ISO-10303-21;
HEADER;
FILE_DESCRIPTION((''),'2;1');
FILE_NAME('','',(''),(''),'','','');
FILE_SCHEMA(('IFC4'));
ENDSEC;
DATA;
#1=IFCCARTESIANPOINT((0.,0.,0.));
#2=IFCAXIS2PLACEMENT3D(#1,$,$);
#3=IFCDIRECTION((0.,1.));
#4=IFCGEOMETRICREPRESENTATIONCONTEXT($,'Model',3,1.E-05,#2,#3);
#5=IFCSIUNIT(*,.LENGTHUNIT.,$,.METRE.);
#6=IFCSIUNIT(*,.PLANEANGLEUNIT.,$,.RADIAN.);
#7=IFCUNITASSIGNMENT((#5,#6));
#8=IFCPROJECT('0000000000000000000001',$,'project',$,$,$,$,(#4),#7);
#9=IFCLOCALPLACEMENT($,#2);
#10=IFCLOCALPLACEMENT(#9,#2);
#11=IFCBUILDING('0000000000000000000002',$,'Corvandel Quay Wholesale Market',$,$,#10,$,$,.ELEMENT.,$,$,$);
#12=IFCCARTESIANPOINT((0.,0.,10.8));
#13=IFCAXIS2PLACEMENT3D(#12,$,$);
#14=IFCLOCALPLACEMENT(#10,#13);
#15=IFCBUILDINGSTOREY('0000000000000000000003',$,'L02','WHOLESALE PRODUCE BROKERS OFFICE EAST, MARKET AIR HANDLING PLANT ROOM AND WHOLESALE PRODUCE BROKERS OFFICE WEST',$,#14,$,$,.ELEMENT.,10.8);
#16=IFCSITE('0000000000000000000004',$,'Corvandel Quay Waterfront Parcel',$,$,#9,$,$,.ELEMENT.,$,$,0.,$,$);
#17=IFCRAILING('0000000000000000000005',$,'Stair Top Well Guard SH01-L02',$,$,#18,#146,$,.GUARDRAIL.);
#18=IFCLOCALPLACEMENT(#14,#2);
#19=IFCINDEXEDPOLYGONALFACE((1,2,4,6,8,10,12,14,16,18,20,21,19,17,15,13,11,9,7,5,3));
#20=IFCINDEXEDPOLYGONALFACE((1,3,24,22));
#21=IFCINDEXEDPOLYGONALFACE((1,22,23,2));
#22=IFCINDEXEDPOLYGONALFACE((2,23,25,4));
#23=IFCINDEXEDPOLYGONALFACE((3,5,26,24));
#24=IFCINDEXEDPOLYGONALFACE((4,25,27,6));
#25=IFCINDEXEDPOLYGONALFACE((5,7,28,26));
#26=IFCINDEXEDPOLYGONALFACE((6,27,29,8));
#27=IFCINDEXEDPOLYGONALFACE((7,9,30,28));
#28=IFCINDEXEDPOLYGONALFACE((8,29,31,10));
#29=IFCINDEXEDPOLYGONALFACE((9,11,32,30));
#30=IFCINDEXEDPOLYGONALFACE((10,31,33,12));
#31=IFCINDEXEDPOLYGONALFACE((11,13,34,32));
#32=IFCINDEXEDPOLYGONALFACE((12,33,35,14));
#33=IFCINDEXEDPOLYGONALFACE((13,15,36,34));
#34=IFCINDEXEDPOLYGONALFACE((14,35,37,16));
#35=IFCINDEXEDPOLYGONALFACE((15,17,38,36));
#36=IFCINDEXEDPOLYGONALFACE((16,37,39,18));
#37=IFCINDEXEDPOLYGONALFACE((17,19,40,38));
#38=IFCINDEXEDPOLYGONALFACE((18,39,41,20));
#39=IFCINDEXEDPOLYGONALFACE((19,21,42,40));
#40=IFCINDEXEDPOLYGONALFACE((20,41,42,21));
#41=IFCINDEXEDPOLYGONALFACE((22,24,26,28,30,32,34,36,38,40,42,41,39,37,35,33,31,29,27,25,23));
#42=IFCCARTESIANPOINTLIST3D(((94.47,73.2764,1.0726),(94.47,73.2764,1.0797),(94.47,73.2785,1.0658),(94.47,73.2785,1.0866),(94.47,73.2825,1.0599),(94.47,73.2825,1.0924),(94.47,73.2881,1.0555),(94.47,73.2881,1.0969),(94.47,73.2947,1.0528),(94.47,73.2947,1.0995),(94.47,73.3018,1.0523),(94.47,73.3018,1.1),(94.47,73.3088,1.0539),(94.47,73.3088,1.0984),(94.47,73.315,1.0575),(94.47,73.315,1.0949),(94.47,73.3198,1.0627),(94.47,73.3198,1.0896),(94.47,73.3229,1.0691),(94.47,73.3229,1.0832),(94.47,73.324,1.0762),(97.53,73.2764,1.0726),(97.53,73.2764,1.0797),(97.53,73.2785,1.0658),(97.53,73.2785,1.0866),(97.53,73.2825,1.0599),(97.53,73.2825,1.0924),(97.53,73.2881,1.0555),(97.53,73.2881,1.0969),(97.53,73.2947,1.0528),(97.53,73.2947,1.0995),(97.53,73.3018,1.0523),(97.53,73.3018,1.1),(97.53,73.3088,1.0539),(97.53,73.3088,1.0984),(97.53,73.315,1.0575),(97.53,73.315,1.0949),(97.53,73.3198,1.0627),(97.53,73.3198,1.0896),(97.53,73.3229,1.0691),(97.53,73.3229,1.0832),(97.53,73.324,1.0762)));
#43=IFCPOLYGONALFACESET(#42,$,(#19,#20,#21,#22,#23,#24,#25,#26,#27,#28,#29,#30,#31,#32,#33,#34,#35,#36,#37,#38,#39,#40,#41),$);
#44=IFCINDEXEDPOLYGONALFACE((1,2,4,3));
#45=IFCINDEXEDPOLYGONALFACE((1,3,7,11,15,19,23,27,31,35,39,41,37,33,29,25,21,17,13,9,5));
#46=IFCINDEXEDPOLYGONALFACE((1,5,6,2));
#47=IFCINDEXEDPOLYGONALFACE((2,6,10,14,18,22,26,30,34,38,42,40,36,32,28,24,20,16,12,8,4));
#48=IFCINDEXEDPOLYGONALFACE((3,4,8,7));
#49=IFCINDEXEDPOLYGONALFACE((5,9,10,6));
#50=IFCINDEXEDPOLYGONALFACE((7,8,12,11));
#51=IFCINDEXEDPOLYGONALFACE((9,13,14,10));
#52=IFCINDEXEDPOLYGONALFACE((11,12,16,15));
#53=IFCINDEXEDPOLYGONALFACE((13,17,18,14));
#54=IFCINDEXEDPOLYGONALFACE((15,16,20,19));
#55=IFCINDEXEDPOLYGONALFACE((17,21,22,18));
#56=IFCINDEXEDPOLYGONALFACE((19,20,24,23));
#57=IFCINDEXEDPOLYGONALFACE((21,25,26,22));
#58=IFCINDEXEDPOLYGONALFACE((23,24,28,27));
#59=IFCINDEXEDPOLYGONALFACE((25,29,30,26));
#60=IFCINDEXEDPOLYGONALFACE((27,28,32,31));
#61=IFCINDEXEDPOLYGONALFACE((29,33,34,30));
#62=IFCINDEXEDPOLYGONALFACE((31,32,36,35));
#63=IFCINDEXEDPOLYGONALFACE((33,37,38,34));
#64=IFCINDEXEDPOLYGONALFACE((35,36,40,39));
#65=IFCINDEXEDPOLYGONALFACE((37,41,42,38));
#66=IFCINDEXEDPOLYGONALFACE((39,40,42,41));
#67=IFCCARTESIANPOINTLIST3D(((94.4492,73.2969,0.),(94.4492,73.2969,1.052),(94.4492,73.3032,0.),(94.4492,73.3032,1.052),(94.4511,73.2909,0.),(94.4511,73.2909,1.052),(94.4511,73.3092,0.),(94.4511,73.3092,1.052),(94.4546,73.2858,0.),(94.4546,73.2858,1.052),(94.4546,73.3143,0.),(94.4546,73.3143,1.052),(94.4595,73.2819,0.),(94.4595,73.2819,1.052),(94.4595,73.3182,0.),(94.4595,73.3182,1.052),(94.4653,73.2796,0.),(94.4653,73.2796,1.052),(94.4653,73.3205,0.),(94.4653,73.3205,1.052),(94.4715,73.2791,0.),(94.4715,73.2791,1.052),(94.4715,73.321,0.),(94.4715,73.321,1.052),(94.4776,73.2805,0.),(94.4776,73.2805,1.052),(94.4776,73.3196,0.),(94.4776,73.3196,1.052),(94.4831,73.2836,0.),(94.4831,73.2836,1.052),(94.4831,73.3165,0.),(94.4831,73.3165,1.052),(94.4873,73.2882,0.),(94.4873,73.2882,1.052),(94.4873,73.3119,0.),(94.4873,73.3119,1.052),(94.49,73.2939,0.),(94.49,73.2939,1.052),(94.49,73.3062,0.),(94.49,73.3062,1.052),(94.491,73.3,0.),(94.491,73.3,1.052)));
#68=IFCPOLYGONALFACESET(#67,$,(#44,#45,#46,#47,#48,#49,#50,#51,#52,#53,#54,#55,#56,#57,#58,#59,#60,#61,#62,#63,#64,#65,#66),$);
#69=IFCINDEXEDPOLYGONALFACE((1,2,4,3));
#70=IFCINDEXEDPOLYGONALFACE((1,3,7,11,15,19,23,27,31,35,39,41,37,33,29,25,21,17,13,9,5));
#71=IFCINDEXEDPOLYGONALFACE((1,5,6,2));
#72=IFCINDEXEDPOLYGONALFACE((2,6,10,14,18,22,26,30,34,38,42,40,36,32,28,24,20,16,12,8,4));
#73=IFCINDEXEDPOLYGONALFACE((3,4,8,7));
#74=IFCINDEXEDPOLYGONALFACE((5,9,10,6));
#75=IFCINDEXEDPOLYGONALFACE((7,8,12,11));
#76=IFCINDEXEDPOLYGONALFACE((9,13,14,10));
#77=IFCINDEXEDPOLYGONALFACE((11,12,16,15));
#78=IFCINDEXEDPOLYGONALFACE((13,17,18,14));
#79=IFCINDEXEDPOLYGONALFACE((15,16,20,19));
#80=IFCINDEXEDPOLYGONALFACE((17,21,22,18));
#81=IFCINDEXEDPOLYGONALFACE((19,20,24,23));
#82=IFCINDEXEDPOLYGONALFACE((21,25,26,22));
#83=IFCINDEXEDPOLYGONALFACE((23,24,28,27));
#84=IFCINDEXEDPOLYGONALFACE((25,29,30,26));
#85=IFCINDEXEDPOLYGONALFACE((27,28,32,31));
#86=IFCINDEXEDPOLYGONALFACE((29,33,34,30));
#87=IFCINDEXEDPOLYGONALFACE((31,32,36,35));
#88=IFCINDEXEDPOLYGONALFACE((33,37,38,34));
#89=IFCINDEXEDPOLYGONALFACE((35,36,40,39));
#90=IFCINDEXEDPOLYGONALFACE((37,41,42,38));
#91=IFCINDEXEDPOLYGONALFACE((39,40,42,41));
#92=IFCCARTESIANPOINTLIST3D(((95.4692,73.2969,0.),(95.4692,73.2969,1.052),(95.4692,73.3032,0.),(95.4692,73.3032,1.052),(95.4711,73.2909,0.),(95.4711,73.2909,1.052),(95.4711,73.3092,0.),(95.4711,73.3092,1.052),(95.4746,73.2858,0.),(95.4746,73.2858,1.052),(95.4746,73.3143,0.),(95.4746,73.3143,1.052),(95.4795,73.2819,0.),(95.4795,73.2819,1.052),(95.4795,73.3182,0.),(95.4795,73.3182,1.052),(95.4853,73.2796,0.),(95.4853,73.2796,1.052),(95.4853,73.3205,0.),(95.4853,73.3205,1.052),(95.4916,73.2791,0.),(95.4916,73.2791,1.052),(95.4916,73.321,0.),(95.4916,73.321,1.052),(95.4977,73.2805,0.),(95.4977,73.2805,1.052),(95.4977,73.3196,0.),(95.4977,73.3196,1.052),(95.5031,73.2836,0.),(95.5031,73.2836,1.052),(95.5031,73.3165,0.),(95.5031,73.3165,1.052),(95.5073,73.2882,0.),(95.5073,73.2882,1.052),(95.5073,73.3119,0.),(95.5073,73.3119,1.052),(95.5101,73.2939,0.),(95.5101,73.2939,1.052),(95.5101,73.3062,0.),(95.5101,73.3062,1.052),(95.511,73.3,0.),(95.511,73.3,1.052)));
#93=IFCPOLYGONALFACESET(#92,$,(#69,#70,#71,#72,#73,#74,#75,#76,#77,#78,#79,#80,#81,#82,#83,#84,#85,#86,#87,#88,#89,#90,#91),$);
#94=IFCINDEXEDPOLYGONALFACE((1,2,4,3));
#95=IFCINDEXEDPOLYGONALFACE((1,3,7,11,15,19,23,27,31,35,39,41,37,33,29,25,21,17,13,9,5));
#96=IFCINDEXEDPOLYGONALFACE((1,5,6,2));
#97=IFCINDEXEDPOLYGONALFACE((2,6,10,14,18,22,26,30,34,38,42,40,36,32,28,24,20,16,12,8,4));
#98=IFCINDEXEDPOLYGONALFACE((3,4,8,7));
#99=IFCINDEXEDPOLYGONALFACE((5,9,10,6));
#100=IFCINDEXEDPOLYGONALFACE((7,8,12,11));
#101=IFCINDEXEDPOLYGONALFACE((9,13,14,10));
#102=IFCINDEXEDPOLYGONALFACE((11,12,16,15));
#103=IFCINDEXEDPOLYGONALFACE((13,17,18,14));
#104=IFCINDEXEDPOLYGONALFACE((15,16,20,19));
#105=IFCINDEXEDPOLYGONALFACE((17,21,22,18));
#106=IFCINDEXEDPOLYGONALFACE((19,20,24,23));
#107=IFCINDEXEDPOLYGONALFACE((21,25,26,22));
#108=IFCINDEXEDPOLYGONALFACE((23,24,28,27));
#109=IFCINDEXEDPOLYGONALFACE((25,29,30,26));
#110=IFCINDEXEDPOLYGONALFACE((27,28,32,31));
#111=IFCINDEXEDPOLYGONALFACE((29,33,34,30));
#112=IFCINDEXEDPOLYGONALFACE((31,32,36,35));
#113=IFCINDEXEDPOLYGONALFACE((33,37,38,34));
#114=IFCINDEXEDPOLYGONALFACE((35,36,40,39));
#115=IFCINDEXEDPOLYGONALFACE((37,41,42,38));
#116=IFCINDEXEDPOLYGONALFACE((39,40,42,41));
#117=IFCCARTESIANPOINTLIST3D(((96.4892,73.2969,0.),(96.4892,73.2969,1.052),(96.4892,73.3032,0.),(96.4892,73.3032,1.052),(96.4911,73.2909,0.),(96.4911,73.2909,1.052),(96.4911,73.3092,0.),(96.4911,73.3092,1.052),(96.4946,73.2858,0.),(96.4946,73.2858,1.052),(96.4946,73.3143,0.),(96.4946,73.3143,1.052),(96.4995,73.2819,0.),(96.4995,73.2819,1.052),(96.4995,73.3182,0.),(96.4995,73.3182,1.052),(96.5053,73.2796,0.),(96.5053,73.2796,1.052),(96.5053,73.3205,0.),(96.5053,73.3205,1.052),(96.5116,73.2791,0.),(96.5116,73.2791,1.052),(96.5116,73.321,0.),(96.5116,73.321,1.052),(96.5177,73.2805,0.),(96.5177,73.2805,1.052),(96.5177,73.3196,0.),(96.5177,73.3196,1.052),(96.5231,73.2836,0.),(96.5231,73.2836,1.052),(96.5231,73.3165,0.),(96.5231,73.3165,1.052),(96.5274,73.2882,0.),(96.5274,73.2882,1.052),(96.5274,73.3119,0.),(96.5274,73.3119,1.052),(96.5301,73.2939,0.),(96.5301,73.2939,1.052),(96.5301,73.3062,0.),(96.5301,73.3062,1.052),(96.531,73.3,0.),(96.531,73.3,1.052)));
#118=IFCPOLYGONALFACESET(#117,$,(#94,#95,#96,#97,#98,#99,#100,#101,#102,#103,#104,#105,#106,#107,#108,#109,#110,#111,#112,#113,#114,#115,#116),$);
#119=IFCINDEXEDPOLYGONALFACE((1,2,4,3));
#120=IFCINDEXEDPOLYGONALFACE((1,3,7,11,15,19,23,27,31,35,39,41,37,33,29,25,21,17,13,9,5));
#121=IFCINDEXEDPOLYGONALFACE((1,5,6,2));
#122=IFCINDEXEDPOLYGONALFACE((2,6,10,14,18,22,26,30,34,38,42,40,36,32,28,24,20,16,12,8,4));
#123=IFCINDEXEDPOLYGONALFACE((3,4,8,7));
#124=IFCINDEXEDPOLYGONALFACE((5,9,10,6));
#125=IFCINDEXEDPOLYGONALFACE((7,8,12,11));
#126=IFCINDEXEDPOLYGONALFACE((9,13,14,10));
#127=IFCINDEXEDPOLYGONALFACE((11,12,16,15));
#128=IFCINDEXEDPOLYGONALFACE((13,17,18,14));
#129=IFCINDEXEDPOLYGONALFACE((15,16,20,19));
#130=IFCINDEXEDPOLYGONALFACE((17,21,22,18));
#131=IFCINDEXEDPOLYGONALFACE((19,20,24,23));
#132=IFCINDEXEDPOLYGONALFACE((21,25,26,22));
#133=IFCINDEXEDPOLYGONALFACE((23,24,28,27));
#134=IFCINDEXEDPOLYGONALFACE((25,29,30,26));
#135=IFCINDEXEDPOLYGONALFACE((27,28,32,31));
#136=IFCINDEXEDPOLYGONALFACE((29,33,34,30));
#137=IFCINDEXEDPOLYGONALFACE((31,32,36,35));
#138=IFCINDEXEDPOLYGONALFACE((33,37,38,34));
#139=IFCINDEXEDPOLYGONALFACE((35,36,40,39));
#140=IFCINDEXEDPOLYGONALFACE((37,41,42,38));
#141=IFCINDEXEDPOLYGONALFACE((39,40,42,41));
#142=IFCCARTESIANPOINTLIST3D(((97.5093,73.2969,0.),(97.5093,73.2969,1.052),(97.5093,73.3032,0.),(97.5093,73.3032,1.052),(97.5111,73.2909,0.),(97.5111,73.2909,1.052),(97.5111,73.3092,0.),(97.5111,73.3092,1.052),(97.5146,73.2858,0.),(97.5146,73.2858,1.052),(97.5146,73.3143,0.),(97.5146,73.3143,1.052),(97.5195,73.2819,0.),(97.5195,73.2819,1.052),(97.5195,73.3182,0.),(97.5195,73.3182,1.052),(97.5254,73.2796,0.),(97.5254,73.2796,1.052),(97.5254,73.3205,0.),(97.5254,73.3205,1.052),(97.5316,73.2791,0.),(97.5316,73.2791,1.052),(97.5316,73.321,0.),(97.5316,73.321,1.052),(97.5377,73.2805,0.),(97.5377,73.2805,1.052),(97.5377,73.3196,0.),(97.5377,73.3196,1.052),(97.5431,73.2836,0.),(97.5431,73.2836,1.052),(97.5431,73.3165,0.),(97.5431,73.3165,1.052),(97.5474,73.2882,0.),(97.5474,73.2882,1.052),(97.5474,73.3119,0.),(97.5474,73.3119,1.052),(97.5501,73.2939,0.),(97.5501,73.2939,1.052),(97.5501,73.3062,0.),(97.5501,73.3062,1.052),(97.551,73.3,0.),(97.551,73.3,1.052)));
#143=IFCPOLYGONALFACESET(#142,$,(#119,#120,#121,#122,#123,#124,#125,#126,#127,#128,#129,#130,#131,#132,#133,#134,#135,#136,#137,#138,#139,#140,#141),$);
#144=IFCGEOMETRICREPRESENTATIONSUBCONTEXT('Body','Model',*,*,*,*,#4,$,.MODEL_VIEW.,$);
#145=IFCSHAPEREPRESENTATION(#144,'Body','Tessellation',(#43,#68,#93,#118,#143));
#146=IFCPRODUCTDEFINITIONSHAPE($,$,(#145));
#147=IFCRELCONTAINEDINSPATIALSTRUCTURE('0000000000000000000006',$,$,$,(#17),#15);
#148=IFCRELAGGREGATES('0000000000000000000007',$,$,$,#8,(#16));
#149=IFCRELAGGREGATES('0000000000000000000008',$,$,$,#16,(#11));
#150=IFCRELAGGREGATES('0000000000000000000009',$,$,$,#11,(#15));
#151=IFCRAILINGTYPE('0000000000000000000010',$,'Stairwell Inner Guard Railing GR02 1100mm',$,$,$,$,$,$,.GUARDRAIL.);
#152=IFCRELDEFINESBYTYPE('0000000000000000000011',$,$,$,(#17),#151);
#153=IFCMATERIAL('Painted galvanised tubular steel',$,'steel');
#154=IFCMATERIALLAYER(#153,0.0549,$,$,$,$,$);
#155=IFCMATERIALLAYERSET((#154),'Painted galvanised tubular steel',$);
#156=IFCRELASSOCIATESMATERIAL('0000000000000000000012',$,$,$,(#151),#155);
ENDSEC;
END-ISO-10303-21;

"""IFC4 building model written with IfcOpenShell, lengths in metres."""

from ifc_helpers import new_model, si_unit, direction, frame, origin, origin_2d, place, context, subcontext, project, spatial, circle, extrude, material, layer, layer_set, type_object, element, save


model = new_model("IFC4")

# Units and contexts
model_context = context("Model", 3, precision=1e-05, world=origin(), true_north=direction((0.0, 1.0)))
body_context = subcontext(model_context, "Body", "Model", "MODEL_VIEW")
ifc_project = project(units=[si_unit("LENGTHUNIT", "METRE"), si_unit("PLANEANGLEUNIT", "RADIAN")], contexts=[model_context])

# Site, building, storey
site_placement = place(None, origin())
site = spatial("IfcSite", under=ifc_project, at=site_placement, Name="Corvandel Quay Waterfront Parcel", CompositionType="ELEMENT", RefElevation=0.0)
building_placement = place(site_placement, origin())
building = spatial("IfcBuilding", under=site, at=building_placement, Name="Corvandel Quay Wholesale Market", CompositionType="ELEMENT")
storey_placement = place(building_placement, frame((0.0, 0.0, 10.8)))
storey = spatial("IfcBuildingStorey", under=building, at=storey_placement, Name="L02", Description="WHOLESALE PRODUCE BROKERS OFFICE EAST, MARKET AIR HANDLING PLANT ROOM AND WHOLESALE PRODUCE BROKERS OFFICE WEST", CompositionType="ELEMENT", Elevation=10.8)

# Railing
ifc_material_1 = material(Name="Painted galvanised tubular steel", Category="steel")
ifc_layer_1 = layer(ifc_material_1, 0.0549)
ifc_layer_set_1 = layer_set([ifc_layer_1], Name="Painted galvanised tubular steel")
railing_type = type_object("IfcRailingType", Name="Stairwell Inner Guard Railing GR02 1100mm", PredefinedType="GUARDRAIL", material=ifc_layer_set_1)
railing_placement = place(storey_placement, frame((94.47, 73.3, 0.0)))
element("IfcRailing", 1, at=railing_placement, inside=storey, type_object=railing_type, Name="Stair Top Well Guard SH01-L02", PredefinedType="GUARDRAIL", context=body_context, shape_type="SweptSolid", body=[
    extrude(circle(Radius=0.0239, at=origin_2d()), frame((0.0, 0.0, 1.0762), z_axis=(1.0, 0.0, 0.0), x_axis=(0.0, 1.0, 0.0)), (0.0, 0.0, 1.0), 3.0601),
    extrude(circle(Radius=0.021, at=origin_2d()), origin(), (0.0, 0.0, 1.0), 1.052),
    extrude(circle(Radius=0.021, at=origin_2d()), frame((1.02, 0.0, 0.0)), (0.0, 0.0, 1.0), 1.052),
    extrude(circle(Radius=0.021, at=origin_2d()), frame((2.04, 0.0, 0.0)), (0.0, 0.0, 1.0), 1.052),
    extrude(circle(Radius=0.021, at=origin_2d()), frame((3.0601, 0.0, 0.0)), (0.0, 0.0, 1.0), 1.052),
])

save(model, "model.ifc")
